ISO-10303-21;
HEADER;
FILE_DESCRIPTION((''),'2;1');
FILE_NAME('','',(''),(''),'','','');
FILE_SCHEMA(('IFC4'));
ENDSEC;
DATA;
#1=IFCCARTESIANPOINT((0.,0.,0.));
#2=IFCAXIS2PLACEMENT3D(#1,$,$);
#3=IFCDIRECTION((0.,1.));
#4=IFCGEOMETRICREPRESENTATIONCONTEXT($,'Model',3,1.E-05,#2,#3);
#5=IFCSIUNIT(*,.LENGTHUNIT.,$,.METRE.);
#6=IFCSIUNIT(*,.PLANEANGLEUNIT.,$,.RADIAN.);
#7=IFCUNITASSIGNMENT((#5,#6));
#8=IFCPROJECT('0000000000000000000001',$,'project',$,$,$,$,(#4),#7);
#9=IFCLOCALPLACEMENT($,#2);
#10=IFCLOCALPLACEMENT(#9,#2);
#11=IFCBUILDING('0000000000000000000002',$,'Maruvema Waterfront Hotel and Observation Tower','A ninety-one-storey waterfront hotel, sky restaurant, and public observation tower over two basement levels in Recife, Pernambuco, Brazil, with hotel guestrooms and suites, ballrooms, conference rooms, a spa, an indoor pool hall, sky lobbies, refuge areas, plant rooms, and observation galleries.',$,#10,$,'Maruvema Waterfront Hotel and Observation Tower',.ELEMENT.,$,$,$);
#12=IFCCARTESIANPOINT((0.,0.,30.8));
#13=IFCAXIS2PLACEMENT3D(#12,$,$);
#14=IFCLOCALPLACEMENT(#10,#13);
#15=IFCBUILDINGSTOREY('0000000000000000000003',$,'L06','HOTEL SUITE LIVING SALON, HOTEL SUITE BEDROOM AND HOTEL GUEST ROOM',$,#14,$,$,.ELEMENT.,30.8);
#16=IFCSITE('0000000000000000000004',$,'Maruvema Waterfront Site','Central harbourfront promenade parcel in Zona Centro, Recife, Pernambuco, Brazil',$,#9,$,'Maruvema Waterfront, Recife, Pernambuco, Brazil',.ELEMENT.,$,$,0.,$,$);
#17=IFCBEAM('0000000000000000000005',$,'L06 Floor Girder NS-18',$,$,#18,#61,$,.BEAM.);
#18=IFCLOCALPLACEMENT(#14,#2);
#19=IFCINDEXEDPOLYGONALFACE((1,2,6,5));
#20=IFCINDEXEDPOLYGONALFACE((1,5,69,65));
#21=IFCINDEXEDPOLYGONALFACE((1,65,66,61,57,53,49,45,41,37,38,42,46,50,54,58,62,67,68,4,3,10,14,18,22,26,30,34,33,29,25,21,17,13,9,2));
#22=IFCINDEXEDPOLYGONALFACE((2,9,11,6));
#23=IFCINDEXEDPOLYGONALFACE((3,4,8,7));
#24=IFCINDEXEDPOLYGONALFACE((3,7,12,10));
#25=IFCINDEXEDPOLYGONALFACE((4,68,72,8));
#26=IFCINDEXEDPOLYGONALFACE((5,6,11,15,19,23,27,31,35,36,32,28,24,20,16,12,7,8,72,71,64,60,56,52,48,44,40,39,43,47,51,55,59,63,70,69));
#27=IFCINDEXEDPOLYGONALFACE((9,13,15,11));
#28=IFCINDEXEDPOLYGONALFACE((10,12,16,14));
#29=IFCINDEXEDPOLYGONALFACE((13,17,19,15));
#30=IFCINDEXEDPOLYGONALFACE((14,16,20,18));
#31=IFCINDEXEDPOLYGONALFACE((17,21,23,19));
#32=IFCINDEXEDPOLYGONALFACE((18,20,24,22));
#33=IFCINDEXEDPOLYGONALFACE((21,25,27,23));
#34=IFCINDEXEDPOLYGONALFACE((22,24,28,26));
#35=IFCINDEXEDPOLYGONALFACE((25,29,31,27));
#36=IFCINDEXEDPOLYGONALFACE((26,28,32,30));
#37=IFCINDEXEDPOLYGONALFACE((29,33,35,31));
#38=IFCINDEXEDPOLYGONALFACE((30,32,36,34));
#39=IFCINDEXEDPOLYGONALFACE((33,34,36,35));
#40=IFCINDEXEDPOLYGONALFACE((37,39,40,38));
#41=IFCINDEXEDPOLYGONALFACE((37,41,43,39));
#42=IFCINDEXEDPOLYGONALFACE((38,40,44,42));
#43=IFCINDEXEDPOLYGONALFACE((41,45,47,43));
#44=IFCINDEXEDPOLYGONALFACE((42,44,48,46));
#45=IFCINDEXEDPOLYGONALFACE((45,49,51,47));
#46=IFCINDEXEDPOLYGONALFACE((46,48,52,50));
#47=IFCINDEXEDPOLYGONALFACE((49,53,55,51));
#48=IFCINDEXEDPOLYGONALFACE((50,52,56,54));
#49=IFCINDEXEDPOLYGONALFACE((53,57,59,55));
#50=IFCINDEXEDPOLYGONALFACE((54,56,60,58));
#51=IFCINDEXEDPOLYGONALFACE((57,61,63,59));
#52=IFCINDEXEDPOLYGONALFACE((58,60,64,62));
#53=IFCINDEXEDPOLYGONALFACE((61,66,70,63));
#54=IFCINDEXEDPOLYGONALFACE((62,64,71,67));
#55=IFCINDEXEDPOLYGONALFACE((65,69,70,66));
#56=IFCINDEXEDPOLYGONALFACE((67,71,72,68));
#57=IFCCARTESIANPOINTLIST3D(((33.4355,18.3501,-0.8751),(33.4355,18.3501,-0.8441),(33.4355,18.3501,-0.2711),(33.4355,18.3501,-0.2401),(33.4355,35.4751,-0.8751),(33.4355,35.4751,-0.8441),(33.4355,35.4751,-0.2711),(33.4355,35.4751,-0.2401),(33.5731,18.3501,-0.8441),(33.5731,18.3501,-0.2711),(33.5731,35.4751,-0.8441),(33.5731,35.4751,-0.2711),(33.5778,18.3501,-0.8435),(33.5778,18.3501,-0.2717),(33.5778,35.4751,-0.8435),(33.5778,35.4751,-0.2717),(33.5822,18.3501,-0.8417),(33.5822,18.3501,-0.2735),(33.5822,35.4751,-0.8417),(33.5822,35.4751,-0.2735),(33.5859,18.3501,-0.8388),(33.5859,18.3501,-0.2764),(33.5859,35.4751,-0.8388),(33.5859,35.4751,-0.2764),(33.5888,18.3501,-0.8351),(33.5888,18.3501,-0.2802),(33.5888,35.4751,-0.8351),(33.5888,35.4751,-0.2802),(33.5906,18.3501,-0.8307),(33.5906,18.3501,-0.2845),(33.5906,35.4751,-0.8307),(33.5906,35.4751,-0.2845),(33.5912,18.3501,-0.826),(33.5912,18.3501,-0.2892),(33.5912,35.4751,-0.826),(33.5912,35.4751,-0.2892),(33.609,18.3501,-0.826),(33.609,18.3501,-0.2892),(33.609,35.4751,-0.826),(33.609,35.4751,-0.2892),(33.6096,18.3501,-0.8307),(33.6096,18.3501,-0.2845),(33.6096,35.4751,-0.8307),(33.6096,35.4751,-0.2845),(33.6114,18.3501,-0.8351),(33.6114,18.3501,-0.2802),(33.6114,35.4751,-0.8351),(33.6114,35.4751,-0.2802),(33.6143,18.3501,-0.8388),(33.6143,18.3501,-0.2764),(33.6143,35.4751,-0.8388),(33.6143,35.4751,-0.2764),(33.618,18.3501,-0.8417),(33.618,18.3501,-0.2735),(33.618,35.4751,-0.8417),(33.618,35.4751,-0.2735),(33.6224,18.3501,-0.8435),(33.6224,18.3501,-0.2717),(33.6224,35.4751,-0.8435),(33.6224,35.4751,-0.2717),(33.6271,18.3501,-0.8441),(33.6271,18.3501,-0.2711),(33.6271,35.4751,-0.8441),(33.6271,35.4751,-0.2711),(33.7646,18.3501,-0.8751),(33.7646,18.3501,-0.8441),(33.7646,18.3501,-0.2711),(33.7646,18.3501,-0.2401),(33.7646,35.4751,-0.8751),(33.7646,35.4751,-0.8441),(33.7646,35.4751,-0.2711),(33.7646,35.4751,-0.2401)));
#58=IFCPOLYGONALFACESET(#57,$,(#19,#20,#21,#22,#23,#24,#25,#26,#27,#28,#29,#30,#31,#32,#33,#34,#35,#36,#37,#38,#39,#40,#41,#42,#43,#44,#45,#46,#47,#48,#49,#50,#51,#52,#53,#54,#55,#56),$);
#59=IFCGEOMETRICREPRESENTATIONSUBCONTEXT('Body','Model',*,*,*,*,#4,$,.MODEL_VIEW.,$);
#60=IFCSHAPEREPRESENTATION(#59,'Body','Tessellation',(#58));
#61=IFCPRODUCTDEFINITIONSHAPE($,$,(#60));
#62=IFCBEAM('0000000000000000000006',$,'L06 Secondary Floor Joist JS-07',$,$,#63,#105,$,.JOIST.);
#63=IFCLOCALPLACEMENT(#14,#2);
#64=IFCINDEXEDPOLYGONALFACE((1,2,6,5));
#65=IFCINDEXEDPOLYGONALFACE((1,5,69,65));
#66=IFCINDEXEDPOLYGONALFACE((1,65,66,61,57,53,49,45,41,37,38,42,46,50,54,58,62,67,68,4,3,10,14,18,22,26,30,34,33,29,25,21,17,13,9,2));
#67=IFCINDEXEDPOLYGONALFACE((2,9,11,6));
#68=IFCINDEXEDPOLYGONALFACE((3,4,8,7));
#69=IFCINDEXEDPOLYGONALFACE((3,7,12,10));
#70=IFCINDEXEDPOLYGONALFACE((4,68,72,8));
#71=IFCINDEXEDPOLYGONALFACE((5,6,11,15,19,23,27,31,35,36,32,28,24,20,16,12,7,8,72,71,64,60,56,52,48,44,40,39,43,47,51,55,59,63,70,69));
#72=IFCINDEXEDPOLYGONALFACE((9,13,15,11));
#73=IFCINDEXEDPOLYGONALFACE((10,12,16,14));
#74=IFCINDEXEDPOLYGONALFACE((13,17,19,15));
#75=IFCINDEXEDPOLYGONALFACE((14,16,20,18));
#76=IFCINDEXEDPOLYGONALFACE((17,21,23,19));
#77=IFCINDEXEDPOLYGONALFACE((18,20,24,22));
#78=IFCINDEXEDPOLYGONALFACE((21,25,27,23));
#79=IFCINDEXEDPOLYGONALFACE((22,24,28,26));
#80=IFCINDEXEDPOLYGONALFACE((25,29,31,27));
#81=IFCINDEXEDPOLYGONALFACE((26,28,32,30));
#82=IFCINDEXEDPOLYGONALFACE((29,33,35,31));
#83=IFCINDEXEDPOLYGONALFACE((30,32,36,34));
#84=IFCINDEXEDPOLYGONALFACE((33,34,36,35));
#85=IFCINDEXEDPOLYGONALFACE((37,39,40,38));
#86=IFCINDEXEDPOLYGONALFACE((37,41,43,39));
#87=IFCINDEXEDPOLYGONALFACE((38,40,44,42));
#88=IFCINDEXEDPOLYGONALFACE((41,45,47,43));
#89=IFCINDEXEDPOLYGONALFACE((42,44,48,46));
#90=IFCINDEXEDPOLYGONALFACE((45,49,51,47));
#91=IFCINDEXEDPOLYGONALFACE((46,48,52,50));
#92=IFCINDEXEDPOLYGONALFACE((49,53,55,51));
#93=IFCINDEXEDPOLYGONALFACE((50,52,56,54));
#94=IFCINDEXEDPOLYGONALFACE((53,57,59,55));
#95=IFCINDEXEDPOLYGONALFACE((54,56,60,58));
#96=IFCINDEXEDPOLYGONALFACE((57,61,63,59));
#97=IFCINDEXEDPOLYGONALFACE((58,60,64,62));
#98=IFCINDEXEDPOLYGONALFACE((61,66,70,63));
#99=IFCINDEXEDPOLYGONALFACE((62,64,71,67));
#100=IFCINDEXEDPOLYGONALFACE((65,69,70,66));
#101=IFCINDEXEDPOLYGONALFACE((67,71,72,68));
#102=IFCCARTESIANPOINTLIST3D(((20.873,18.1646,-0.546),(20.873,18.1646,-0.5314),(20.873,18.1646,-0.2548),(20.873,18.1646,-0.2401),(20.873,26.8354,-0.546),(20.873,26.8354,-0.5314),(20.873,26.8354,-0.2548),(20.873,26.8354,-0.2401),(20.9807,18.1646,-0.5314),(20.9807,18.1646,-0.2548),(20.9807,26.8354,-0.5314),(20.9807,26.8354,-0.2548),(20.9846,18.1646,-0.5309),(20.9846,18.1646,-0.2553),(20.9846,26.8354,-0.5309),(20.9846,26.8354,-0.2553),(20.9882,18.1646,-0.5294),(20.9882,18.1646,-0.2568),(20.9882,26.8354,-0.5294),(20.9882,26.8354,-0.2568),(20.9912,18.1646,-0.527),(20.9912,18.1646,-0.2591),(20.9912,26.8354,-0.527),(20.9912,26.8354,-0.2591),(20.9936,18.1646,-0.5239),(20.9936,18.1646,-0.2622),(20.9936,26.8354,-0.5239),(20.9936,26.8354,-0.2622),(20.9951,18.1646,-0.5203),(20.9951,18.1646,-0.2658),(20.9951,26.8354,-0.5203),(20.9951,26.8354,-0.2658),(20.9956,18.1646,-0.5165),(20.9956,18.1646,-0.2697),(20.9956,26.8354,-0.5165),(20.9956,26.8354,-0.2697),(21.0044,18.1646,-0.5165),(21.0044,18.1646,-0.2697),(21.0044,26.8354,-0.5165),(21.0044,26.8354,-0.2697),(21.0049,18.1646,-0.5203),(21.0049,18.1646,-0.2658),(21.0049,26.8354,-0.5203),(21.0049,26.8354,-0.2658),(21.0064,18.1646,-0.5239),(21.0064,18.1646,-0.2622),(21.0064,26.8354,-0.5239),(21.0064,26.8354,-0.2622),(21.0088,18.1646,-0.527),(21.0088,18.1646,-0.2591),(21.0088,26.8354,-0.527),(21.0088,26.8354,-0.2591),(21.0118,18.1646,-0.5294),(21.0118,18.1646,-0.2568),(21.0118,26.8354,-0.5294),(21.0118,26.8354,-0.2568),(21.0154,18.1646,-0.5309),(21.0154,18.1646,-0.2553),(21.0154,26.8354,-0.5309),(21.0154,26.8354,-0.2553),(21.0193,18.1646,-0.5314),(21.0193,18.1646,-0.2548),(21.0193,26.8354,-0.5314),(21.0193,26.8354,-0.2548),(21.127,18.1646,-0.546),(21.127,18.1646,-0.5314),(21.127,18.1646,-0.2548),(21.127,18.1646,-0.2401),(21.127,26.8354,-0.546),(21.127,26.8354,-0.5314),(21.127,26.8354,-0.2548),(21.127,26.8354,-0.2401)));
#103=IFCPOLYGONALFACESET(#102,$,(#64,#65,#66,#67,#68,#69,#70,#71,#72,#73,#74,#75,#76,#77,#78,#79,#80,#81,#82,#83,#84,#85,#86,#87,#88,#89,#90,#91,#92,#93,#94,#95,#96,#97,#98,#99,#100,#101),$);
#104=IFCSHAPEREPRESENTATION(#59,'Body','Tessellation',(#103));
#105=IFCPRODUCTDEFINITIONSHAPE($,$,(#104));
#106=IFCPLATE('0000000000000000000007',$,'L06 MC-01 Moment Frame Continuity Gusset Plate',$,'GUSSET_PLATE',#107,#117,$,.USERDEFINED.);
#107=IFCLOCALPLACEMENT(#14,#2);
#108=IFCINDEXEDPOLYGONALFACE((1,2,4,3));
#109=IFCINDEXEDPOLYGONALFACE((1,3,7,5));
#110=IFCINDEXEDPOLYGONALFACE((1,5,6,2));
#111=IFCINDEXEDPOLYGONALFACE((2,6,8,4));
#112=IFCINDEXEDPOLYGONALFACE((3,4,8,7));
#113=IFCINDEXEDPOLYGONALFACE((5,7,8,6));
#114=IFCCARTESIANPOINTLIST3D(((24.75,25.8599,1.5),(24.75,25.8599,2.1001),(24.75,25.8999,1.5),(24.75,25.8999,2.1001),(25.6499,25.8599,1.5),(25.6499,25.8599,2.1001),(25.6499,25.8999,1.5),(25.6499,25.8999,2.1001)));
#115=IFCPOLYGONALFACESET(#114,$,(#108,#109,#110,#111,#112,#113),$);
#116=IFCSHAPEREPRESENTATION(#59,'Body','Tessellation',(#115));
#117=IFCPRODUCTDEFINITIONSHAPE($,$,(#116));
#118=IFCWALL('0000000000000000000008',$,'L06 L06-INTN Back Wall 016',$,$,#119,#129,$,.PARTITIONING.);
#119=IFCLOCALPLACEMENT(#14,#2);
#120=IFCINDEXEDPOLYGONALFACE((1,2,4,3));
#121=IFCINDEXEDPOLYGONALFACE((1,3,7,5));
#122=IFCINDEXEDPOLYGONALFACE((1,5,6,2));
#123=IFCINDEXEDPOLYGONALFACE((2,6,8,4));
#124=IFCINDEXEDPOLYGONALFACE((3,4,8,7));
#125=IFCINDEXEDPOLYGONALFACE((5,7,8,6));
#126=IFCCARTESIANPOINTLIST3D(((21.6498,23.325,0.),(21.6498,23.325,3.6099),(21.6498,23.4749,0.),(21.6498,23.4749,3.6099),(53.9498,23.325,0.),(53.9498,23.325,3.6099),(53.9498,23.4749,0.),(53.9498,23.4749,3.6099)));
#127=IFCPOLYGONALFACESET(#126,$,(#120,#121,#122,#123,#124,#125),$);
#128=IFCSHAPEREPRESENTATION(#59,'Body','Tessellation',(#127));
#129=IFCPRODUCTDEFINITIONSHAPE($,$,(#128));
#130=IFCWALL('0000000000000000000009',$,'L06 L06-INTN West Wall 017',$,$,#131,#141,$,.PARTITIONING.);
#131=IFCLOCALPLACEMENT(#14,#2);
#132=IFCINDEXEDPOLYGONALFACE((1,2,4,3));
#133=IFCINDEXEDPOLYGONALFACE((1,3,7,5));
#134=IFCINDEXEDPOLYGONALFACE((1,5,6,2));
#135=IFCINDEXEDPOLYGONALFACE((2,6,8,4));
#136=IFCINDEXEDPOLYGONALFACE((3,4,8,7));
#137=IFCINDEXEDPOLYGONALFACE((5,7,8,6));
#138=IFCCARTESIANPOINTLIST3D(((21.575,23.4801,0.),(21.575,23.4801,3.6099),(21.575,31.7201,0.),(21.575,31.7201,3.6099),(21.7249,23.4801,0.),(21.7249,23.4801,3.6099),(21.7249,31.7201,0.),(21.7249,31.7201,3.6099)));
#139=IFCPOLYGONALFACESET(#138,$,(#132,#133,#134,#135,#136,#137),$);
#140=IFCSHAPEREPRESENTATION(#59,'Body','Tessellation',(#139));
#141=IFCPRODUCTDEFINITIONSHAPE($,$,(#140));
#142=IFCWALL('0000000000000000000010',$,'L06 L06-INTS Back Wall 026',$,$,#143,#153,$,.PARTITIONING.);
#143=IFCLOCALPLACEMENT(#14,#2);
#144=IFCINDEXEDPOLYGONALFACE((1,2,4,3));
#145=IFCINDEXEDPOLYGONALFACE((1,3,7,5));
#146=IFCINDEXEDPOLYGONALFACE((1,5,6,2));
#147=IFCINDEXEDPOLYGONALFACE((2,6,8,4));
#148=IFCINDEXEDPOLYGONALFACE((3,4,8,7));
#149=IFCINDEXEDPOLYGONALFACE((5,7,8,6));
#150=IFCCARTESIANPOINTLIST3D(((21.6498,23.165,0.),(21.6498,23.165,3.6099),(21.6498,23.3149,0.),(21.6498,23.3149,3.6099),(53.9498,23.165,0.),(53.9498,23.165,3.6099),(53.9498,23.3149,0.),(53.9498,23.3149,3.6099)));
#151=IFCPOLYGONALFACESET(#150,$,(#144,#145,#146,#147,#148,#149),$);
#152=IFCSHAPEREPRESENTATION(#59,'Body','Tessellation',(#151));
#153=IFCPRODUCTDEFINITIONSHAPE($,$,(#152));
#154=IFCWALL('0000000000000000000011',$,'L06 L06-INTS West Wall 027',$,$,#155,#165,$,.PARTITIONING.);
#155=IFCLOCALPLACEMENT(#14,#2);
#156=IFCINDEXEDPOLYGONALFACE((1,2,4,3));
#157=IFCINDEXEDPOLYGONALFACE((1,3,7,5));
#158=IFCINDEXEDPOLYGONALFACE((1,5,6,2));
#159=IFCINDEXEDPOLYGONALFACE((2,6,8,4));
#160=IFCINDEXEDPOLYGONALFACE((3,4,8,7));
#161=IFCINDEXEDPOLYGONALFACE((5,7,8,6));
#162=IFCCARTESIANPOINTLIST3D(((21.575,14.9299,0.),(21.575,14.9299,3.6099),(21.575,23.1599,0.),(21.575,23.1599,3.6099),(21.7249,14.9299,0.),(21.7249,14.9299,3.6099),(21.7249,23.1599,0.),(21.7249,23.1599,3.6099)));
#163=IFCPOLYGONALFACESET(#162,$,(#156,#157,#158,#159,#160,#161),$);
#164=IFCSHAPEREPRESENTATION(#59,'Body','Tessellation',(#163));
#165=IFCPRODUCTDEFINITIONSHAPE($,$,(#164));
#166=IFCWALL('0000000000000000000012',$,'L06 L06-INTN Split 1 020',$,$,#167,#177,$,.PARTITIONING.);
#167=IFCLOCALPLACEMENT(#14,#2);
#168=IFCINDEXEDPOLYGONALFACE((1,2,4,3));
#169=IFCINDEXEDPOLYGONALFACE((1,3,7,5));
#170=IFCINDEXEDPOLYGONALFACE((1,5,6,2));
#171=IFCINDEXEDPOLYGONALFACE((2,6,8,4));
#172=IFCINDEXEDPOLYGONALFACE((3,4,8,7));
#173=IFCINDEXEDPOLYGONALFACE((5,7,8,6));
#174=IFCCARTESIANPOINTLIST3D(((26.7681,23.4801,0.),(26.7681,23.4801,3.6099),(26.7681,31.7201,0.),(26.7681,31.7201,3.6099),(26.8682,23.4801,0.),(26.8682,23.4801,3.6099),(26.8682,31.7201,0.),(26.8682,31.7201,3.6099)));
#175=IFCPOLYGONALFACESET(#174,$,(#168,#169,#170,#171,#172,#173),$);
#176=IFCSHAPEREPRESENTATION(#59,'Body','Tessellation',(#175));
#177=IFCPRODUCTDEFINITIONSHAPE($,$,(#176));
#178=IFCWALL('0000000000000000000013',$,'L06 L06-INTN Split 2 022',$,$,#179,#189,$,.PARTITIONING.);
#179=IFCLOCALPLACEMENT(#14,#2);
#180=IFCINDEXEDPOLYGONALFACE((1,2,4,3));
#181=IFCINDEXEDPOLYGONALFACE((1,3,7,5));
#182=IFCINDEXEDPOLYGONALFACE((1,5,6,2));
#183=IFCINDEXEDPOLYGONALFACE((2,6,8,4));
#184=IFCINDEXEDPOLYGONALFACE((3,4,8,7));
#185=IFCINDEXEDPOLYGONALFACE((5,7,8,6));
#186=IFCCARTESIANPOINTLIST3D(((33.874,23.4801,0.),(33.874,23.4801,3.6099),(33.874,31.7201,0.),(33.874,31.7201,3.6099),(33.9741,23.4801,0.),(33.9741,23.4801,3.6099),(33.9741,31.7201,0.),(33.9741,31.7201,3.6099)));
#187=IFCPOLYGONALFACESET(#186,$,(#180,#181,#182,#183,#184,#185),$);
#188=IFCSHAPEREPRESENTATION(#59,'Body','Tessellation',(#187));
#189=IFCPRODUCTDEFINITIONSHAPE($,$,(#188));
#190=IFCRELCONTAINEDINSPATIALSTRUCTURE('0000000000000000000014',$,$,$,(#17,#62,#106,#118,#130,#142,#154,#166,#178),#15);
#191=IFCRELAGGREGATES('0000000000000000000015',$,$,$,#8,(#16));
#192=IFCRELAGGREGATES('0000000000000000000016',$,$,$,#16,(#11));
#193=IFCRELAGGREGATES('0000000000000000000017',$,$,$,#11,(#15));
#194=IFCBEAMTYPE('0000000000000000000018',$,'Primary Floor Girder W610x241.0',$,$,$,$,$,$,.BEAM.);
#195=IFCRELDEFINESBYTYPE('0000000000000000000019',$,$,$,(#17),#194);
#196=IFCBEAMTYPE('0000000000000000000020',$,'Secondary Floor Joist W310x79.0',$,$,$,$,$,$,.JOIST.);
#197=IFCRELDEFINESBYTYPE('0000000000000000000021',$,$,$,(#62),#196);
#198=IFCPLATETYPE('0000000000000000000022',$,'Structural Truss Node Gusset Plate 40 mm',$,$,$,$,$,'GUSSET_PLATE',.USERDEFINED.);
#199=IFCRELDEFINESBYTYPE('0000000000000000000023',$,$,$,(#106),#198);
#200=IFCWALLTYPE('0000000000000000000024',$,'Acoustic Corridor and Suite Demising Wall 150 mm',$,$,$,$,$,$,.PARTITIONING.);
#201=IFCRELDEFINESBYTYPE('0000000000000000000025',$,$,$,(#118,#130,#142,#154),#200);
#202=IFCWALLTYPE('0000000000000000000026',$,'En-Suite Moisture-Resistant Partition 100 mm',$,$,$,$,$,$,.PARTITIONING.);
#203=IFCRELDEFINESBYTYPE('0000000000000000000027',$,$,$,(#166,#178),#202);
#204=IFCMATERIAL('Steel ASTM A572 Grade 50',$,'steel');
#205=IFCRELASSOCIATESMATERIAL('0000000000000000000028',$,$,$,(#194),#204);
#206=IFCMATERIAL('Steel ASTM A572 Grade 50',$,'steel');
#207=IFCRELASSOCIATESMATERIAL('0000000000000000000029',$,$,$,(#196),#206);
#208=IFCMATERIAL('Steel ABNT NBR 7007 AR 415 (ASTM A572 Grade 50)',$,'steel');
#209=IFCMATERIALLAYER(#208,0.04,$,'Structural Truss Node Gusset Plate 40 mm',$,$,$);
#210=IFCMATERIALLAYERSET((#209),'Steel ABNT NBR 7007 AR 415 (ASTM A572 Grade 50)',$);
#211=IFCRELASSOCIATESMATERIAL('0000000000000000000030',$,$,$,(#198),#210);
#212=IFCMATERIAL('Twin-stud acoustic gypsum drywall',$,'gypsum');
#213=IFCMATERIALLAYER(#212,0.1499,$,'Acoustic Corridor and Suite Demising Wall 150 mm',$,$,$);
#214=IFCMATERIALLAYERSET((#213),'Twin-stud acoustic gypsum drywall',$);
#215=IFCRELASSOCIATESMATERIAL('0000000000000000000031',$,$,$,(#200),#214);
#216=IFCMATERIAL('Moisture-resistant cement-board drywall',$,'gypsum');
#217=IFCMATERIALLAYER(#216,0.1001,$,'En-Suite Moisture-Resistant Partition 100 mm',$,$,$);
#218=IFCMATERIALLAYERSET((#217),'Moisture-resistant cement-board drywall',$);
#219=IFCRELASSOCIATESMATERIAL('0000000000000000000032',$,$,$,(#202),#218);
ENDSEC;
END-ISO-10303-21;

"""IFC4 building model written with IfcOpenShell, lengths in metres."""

from ifc_helpers import new_model, si_unit, direction, frame, frame_2d, origin, origin_2d, place, context, subcontext, project, spatial, rectangle, i_section, extrude, material, layer, layer_set, material_profile, profile_set, type_object, element, save


model = new_model("IFC4")

# Units and contexts
model_context = context("Model", 3, precision=1e-05, world=origin(), true_north=direction((0.0, 1.0)))
body_context = subcontext(model_context, "Body", "Model", "MODEL_VIEW")
ifc_project = project(units=[si_unit("LENGTHUNIT", "METRE"), si_unit("PLANEANGLEUNIT", "RADIAN")], contexts=[model_context])

# Site, building, storey
site_placement = place(None, origin())
site = spatial("IfcSite", under=ifc_project, at=site_placement, Name="Maruvema Waterfront Site", Description="Central harbourfront promenade parcel in Zona Centro, Recife, Pernambuco, Brazil", LongName="Maruvema Waterfront, Recife, Pernambuco, Brazil", CompositionType="ELEMENT", RefElevation=0.0)
building_placement = place(site_placement, origin())
building = spatial("IfcBuilding", under=site, at=building_placement, Name="Maruvema Waterfront Hotel and Observation Tower", Description="A ninety-one-storey waterfront hotel, sky restaurant, and public observation tower over two basement levels in Recife, Pernambuco, Brazil, with hotel guestrooms and suites, ballrooms, conference rooms, a spa, an indoor pool hall, sky lobbies, refuge areas, plant rooms, and observation galleries.", LongName="Maruvema Waterfront Hotel and Observation Tower", CompositionType="ELEMENT")
storey_placement = place(building_placement, frame((0.0, 0.0, 30.8)))
storey = spatial("IfcBuildingStorey", under=building, at=storey_placement, Name="L06", Description="HOTEL SUITE LIVING SALON, HOTEL SUITE BEDROOM AND HOTEL GUEST ROOM", CompositionType="ELEMENT", Elevation=30.8)

# Beams
ifc_material_1 = material(Name="Steel ASTM A572 Grade 50", Category="steel")
ifc_material_profile_1 = material_profile(ifc_material_1, i_section(OverallWidth=0.3291, OverallDepth=0.635, WebThickness=0.0178, FlangeThickness=0.031, FilletRadius=0.0181, at=origin_2d()), Name="W610x241.0")
ifc_profile_set_1 = profile_set([ifc_material_profile_1], Name="Steel ASTM A572 Grade 50")
beam_type_1 = type_object("IfcBeamType", Name="Primary Floor Girder W610x241.0", PredefinedType="BEAM", material=ifc_profile_set_1)
beam_1_placement = place(storey_placement, frame((33.6001, 18.3501, -0.5576), z_axis=(0.0, 1.0, 0.0), x_axis=(-1.0, 0.0, 0.0)))
element("IfcBeam", 1, at=beam_1_placement, inside=storey, type_object=beam_type_1, Name="L06 Floor Girder NS-18", PredefinedType="BEAM", context=body_context, shape_type="SweptSolid", body=[
    extrude(i_section(OverallWidth=0.3291, OverallDepth=0.635, WebThickness=0.0178, FlangeThickness=0.031, FilletRadius=0.0181, at=origin_2d()), origin(), (0.0, 0.0, 1.0), 17.125),
])
ifc_material_2 = material(Name="Steel ASTM A572 Grade 50", Category="steel")
ifc_material_profile_2 = material_profile(ifc_material_2, i_section(OverallWidth=0.2539, OverallDepth=0.3059, WebThickness=0.0088, FlangeThickness=0.0146, FilletRadius=0.0149, at=origin_2d()), Name="W310x79.0")
ifc_profile_set_2 = profile_set([ifc_material_profile_2], Name="Steel ASTM A572 Grade 50")
beam_type_2 = type_object("IfcBeamType", Name="Secondary Floor Joist W310x79.0", PredefinedType="JOIST", material=ifc_profile_set_2)
beam_2_placement = place(storey_placement, frame((21.0, 18.1646, -0.3931), z_axis=(0.0, 1.0, 0.0), x_axis=(-1.0, 0.0, 0.0)))
element("IfcBeam", 2, at=beam_2_placement, inside=storey, type_object=beam_type_2, Name="L06 Secondary Floor Joist JS-07", PredefinedType="JOIST", context=body_context, shape_type="SweptSolid", body=[
    extrude(i_section(OverallWidth=0.2539, OverallDepth=0.3059, WebThickness=0.0088, FlangeThickness=0.0146, FilletRadius=0.0149, at=origin_2d()), origin(), (0.0, 0.0, 1.0), 8.6709),
])

# Plate
ifc_material_3 = material(Name="Steel ABNT NBR 7007 AR 415 (ASTM A572 Grade 50)", Category="steel")
ifc_layer_1 = layer(ifc_material_3, 0.04, Name="Structural Truss Node Gusset Plate 40 mm")
ifc_layer_set_1 = layer_set([ifc_layer_1], Name="Steel ABNT NBR 7007 AR 415 (ASTM A572 Grade 50)")
plate_type = type_object("IfcPlateType", Name="Structural Truss Node Gusset Plate 40 mm", ElementType="GUSSET_PLATE", PredefinedType="USERDEFINED", material=ifc_layer_set_1)
plate_placement = place(storey_placement, frame((25.2, 25.8799, 1.5), z_axis=(0.0, 0.0, 1.0), x_axis=(1.0, 0.0, 0.0)))
element("IfcPlate", 3, at=plate_placement, inside=storey, type_object=plate_type, Name="L06 MC-01 Moment Frame Continuity Gusset Plate", ObjectType="GUSSET_PLATE", PredefinedType="USERDEFINED", context=body_context, shape_type="SweptSolid", body=[
    extrude(rectangle(XDim=0.8999, YDim=0.04, at=origin_2d()), origin(), (0.0, 0.0, 1.0), 0.6001),
])

# Walls
ifc_material_4 = material(Name="Twin-stud acoustic gypsum drywall", Category="gypsum")
ifc_layer_2 = layer(ifc_material_4, 0.1499, Name="Acoustic Corridor and Suite Demising Wall 150 mm")
ifc_layer_set_2 = layer_set([ifc_layer_2], Name="Twin-stud acoustic gypsum drywall")
wall_type_1 = type_object("IfcWallType", Name="Acoustic Corridor and Suite Demising Wall 150 mm", PredefinedType="PARTITIONING", material=ifc_layer_set_2)
wall_1_placement = place(storey_placement, frame((21.6499, 23.3999, 0.0), z_axis=(0.0, 0.0, 1.0), x_axis=(1.0, 0.0, 0.0)))
element("IfcWall", 4, at=wall_1_placement, inside=storey, type_object=wall_type_1, Name="L06 L06-INTN Back Wall 016", PredefinedType="PARTITIONING", context=body_context, shape_type="SweptSolid", body=[
    extrude(rectangle(XDim=32.3, YDim=0.1499, at=frame_2d((16.1499, 0.0))), origin(), (0.0, 0.0, 1.0), 3.6099),
])
wall_2_placement = place(storey_placement, frame((21.6499, 23.48, 0.0), z_axis=(0.0, 0.0, 1.0), x_axis=(0.0, 1.0, 0.0)))
element("IfcWall", 5, at=wall_2_placement, inside=storey, type_object=wall_type_1, Name="L06 L06-INTN West Wall 017", PredefinedType="PARTITIONING", context=body_context, shape_type="SweptSolid", body=[
    extrude(rectangle(XDim=8.24, YDim=0.1499, at=frame_2d((4.1201, 0.0))), origin(), (0.0, 0.0, 1.0), 3.6099),
])
wall_3_placement = place(storey_placement, frame((21.6499, 23.24, 0.0), z_axis=(0.0, 0.0, 1.0), x_axis=(1.0, 0.0, 0.0)))
element("IfcWall", 6, at=wall_3_placement, inside=storey, type_object=wall_type_1, Name="L06 L06-INTS Back Wall 026", PredefinedType="PARTITIONING", context=body_context, shape_type="SweptSolid", body=[
    extrude(rectangle(XDim=32.3, YDim=0.1499, at=frame_2d((16.1499, 0.0))), origin(), (0.0, 0.0, 1.0), 3.6099),
])
wall_4_placement = place(storey_placement, frame((21.6499, 14.9299, 0.0), z_axis=(0.0, 0.0, 1.0), x_axis=(0.0, 1.0, 0.0)))
element("IfcWall", 7, at=wall_4_placement, inside=storey, type_object=wall_type_1, Name="L06 L06-INTS West Wall 027", PredefinedType="PARTITIONING", context=body_context, shape_type="SweptSolid", body=[
    extrude(rectangle(XDim=8.23, YDim=0.1499, at=frame_2d((4.115, 0.0))), origin(), (0.0, 0.0, 1.0), 3.6099),
])

# Walls
ifc_material_5 = material(Name="Moisture-resistant cement-board drywall", Category="gypsum")
ifc_layer_3 = layer(ifc_material_5, 0.1001, Name="En-Suite Moisture-Resistant Partition 100 mm")
ifc_layer_set_3 = layer_set([ifc_layer_3], Name="Moisture-resistant cement-board drywall")
wall_type_2 = type_object("IfcWallType", Name="En-Suite Moisture-Resistant Partition 100 mm", PredefinedType="PARTITIONING", material=ifc_layer_set_3)
for number, where, z_axis, x_axis, name in (
    (8, (26.8181, 23.48, 0.0), (0.0, 0.0, 1.0), (0.0, 1.0, 0.0), "L06 L06-INTN Split 1 020"),
    (9, (33.9241, 23.48, 0.0), (0.0, 0.0, 1.0), (0.0, 1.0, 0.0), "L06 L06-INTN Split 2 022"),
):
    element("IfcWall", number, at=place(storey_placement, frame(where, z_axis=z_axis, x_axis=x_axis)), inside=storey, type_object=wall_type_2, Name=name, PredefinedType="PARTITIONING", context=body_context, shape_type="SweptSolid", body=[
        extrude(rectangle(XDim=8.24, YDim=0.1001, at=frame_2d((4.1201, 0.0))), origin(), (0.0, 0.0, 1.0), 3.6099),
    ])

save(model, "model.ifc")
